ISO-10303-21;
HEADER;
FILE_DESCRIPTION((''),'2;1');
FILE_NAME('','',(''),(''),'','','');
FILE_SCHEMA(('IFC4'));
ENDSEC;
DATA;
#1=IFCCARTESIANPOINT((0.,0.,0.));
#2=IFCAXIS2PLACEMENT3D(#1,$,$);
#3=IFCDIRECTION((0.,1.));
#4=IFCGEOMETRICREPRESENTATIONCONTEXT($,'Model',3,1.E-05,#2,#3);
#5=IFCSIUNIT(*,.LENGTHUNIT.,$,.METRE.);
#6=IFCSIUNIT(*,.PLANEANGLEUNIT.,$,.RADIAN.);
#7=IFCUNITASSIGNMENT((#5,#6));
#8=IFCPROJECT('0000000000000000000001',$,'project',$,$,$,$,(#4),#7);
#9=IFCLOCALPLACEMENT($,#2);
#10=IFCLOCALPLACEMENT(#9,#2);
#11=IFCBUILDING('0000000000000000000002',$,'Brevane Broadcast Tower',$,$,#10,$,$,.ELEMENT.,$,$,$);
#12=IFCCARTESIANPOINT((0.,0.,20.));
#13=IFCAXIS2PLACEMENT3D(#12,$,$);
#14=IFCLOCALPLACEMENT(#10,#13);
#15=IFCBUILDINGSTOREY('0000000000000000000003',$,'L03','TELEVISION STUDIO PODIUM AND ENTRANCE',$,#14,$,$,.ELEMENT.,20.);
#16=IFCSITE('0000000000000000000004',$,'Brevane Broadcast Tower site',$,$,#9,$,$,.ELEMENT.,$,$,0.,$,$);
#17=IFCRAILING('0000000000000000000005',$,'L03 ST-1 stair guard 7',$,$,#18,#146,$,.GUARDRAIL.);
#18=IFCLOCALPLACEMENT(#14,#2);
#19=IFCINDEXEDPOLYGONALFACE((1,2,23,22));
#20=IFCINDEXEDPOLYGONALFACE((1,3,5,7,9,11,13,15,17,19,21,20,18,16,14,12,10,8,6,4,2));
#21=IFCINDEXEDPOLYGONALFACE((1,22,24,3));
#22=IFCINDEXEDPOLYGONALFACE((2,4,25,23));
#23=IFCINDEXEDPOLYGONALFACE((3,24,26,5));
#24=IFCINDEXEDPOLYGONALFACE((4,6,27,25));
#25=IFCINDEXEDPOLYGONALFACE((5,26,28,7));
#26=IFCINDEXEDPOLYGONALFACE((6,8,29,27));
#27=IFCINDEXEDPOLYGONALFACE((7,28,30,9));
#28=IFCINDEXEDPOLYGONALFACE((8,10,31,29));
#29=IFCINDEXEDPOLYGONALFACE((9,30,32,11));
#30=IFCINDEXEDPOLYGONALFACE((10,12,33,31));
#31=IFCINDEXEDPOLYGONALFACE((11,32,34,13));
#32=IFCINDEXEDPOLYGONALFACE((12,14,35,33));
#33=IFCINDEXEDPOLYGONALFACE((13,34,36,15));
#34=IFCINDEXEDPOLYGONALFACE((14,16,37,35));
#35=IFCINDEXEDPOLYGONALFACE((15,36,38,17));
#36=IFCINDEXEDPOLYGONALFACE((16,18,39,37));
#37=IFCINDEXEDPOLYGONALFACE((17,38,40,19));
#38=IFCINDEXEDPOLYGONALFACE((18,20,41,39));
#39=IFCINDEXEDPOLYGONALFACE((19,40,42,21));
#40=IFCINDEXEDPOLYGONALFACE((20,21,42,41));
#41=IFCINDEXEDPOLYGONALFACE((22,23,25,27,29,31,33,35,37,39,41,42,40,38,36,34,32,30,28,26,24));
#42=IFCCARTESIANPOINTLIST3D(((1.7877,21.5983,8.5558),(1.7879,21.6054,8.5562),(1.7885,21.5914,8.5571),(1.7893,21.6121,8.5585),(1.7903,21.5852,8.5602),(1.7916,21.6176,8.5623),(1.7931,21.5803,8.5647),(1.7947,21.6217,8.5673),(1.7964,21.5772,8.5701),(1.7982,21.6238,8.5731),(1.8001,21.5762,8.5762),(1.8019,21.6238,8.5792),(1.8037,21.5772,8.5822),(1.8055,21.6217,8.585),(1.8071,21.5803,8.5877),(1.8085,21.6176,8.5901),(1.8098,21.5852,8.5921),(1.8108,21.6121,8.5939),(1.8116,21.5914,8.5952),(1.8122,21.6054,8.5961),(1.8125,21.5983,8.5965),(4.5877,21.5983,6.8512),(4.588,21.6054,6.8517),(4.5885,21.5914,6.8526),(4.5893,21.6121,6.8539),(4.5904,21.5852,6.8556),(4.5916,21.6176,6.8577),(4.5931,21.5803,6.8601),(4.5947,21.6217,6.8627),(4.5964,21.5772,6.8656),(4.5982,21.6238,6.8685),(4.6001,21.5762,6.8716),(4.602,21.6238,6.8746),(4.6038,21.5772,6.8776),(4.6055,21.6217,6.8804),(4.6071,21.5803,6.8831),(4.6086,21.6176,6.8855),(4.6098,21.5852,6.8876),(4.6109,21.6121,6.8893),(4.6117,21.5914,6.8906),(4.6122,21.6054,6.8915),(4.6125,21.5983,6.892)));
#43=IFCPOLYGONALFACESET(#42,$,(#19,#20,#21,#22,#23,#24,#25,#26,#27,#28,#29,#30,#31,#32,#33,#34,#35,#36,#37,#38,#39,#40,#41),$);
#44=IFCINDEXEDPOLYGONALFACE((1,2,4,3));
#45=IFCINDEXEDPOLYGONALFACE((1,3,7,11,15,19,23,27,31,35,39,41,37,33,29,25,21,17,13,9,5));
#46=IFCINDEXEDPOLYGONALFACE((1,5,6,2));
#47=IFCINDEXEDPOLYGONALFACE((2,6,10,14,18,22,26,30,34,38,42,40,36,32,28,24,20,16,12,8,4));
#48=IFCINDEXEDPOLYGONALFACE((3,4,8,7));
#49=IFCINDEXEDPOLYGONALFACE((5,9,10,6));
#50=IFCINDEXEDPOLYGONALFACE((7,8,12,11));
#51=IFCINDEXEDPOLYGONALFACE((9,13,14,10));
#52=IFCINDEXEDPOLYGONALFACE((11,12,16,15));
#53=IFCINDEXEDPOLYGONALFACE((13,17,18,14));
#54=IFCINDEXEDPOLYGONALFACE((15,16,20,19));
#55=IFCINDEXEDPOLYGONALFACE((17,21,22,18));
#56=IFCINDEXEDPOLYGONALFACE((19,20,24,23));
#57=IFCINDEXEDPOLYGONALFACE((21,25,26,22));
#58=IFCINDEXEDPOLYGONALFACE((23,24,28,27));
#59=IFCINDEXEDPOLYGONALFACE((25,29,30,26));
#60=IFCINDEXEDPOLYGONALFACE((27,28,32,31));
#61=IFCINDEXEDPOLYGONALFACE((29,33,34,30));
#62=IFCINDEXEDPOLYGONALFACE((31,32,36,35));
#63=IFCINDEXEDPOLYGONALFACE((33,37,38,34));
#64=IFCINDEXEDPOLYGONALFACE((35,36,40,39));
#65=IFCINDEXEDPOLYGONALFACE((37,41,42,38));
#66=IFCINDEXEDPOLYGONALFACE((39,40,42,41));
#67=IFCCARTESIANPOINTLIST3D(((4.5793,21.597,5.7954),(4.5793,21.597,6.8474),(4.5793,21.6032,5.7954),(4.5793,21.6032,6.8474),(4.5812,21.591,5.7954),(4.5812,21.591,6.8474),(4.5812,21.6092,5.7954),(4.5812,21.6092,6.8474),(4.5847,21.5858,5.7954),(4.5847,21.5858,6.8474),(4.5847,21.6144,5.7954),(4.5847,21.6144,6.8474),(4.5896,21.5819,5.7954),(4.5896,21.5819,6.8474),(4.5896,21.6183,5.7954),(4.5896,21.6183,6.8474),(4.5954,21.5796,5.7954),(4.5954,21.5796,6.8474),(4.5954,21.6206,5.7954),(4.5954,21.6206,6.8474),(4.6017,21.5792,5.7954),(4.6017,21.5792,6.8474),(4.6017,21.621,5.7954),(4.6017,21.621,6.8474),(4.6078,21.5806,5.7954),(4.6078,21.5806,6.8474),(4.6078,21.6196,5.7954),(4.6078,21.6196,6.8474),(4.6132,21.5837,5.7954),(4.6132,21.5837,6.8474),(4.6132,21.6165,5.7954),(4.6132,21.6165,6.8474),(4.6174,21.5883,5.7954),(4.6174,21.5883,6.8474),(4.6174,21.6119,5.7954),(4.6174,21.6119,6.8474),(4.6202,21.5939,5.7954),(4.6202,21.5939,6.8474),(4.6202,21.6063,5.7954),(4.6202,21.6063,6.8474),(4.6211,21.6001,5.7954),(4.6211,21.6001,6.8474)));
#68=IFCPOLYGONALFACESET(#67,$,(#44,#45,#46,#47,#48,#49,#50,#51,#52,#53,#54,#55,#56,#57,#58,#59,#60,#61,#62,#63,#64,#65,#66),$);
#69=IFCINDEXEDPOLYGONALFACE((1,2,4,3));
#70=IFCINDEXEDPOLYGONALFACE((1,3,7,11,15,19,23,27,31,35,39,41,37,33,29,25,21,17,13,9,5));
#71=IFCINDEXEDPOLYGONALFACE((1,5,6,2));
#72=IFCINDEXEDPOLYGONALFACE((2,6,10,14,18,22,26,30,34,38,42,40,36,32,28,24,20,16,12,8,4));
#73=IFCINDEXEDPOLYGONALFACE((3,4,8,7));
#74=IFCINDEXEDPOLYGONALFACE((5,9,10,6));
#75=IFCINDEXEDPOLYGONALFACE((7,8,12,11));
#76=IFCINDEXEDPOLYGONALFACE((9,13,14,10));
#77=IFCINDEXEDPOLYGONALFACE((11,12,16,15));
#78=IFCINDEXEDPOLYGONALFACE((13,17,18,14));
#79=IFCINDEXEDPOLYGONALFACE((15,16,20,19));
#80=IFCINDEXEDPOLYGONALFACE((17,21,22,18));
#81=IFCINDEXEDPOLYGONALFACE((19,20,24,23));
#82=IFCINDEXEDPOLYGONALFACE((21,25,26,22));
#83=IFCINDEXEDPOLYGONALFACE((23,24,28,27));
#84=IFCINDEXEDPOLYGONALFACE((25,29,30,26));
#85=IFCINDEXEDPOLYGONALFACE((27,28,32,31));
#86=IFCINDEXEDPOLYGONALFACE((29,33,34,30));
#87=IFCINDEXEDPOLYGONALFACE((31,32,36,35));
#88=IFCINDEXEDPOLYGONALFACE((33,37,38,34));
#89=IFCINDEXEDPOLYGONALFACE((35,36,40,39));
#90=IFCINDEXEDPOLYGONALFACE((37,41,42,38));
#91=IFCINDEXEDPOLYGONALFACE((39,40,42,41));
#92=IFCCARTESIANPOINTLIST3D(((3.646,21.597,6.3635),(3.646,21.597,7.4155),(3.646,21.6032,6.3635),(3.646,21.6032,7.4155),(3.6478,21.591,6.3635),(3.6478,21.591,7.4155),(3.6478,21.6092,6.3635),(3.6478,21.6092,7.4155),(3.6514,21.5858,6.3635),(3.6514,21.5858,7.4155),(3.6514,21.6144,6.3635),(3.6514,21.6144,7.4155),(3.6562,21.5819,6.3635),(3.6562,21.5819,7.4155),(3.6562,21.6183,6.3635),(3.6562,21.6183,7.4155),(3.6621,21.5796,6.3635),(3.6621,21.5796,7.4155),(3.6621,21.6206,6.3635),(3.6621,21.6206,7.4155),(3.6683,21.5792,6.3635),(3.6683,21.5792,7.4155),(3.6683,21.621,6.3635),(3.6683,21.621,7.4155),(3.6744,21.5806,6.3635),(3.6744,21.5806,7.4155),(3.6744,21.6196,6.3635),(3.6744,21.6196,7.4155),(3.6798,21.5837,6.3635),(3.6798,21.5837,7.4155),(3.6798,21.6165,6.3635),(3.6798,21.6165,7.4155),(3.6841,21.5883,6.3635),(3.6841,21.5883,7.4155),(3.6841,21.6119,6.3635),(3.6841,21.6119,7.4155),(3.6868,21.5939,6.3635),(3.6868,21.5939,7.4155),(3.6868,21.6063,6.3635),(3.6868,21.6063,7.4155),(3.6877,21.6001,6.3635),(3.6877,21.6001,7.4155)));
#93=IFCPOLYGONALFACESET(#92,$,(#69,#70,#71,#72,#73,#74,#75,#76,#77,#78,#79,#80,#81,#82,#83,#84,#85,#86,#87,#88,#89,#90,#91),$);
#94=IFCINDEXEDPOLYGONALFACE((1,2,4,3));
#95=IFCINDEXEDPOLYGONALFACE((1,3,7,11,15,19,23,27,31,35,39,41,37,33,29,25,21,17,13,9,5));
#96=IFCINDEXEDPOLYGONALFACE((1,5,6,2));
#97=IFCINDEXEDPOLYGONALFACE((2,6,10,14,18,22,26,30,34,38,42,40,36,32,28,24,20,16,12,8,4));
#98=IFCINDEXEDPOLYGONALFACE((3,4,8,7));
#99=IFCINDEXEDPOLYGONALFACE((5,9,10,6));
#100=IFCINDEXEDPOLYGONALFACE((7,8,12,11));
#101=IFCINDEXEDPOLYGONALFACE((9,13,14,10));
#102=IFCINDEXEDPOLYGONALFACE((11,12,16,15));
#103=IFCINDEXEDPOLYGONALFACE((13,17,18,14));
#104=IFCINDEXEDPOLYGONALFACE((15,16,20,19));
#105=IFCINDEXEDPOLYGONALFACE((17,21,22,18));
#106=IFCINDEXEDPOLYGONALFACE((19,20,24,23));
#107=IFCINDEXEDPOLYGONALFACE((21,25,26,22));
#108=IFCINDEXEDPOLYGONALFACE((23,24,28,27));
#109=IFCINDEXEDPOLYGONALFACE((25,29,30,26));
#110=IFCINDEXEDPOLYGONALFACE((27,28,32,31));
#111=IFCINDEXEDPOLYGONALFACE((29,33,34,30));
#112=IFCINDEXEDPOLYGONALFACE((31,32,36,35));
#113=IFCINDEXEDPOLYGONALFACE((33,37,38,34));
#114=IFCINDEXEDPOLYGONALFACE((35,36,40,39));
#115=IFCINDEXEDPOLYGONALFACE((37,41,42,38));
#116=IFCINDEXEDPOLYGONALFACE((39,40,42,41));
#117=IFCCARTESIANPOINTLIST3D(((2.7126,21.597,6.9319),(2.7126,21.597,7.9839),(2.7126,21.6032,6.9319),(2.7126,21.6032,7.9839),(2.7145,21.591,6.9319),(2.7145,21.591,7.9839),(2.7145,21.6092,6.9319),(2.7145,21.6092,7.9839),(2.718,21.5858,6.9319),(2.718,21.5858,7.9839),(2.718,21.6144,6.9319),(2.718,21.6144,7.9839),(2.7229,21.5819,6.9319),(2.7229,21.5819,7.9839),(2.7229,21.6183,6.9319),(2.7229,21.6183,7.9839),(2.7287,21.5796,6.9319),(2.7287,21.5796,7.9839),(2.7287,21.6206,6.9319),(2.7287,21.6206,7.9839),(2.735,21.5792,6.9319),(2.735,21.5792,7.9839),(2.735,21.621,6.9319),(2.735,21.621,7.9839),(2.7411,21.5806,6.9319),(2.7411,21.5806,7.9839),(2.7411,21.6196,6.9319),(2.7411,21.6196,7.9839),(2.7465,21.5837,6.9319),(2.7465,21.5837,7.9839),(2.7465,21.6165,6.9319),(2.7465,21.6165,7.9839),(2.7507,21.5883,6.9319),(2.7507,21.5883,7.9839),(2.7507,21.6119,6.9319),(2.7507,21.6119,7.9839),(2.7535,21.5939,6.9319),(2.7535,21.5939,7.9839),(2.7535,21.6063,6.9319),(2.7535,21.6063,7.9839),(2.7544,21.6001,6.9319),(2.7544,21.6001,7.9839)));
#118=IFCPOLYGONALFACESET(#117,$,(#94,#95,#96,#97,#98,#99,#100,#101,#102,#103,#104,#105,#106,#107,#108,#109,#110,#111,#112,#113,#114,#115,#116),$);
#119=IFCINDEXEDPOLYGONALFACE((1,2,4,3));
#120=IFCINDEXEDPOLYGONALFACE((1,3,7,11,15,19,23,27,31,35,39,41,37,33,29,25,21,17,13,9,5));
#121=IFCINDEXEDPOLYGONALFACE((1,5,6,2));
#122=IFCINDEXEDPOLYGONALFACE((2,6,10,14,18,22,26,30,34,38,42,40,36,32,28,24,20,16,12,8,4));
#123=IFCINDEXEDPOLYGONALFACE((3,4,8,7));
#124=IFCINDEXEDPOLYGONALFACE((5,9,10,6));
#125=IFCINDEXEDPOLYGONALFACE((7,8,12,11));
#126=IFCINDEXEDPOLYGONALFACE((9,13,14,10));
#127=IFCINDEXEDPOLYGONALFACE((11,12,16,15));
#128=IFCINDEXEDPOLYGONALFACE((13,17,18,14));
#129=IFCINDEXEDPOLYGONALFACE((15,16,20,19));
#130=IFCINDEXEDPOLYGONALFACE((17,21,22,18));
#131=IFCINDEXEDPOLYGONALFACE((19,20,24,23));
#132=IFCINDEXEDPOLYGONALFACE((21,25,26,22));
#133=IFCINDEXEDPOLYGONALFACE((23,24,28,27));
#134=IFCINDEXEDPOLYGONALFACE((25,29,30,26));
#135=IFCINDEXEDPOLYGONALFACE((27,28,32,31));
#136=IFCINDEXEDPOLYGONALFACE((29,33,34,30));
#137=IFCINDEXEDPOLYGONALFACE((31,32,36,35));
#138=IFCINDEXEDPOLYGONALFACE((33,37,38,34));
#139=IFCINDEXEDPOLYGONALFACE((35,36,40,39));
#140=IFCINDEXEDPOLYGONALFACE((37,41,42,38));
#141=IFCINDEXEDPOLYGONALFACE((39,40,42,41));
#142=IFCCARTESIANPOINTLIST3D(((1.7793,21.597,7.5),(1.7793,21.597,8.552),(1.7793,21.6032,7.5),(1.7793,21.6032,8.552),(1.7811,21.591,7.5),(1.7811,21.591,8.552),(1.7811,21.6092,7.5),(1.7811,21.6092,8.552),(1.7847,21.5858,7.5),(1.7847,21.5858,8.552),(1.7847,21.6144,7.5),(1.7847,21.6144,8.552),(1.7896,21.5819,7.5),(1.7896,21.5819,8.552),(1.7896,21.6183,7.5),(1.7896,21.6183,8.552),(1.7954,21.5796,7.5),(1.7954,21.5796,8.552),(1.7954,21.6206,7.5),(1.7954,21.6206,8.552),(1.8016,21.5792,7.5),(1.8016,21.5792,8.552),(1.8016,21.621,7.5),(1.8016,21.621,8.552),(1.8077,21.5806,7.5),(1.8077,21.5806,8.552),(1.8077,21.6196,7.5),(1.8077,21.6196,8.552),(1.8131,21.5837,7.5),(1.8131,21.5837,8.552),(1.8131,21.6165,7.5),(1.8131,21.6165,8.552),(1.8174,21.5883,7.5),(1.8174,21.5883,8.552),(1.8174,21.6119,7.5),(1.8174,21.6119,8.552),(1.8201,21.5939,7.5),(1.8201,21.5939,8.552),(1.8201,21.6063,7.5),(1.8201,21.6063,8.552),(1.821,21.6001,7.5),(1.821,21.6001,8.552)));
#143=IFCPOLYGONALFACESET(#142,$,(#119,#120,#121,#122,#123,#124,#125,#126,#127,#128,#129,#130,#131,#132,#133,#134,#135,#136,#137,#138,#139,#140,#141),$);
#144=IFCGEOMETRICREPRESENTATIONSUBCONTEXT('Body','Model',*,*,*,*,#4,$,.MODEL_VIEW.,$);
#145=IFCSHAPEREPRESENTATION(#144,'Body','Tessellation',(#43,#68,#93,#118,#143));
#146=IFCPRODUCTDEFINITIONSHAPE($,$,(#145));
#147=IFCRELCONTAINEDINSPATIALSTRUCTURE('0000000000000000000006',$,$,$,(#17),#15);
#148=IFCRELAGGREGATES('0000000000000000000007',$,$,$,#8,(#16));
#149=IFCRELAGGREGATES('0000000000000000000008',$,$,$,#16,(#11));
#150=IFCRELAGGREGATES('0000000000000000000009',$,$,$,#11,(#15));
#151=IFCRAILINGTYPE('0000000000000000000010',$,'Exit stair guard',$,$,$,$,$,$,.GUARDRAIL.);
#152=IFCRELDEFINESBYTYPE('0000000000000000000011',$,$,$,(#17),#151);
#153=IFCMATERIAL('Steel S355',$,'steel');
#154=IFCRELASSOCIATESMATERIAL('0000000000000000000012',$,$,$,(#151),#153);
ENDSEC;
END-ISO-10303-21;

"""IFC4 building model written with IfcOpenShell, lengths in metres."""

from ifc_helpers import new_model, si_unit, direction, frame, origin, origin_2d, place, context, subcontext, project, spatial, circle, extrude, material, type_object, element, save


model = new_model("IFC4")

# Units and contexts
model_context = context("Model", 3, precision=1e-05, world=origin(), true_north=direction((0.0, 1.0)))
body_context = subcontext(model_context, "Body", "Model", "MODEL_VIEW")
ifc_project = project(units=[si_unit("LENGTHUNIT", "METRE"), si_unit("PLANEANGLEUNIT", "RADIAN")], contexts=[model_context])

# Site, building, storey
site_placement = place(None, origin())
site = spatial("IfcSite", under=ifc_project, at=site_placement, Name="Brevane Broadcast Tower site", CompositionType="ELEMENT", RefElevation=0.0)
building_placement = place(site_placement, origin())
building = spatial("IfcBuilding", under=site, at=building_placement, Name="Brevane Broadcast Tower", CompositionType="ELEMENT")
storey_placement = place(building_placement, frame((0.0, 0.0, 20.0)))
storey = spatial("IfcBuildingStorey", under=building, at=storey_placement, Name="L03", Description="TELEVISION STUDIO PODIUM AND ENTRANCE", CompositionType="ELEMENT", Elevation=20.0)

# Railing
ifc_material_1 = material(Name="Steel S355", Category="steel")
railing_type_1 = type_object("IfcRailingType", Name="Exit stair guard", PredefinedType="GUARDRAIL", material=ifc_material_1)
railing_1_placement = place(storey_placement, frame((4.6001, 21.6001, 5.7954)))
element("IfcRailing", 1, at=railing_1_placement, inside=storey, type_object=railing_type_1, Name="L03 ST-1 stair guard 7", PredefinedType="GUARDRAIL", context=body_context, shape_type="SweptSolid", body=[
    extrude(circle(Radius=0.0239, at=origin_2d()), frame((0.0, 0.0, 1.0762), z_axis=(-0.85417, 0.0, 0.519994), x_axis=(0.0, -1.0, 0.0)), (0.0, 0.0, 1.0), 3.2781),
    extrude(circle(Radius=0.021, at=origin_2d()), origin(), (0.0, 0.0, 1.0), 1.052),
    extrude(circle(Radius=0.021, at=origin_2d()), frame((-0.9333, 0.0, 0.5681)), (0.0, 0.0, 1.0), 1.052),
    extrude(circle(Radius=0.021, at=origin_2d()), frame((-1.8667, 0.0, 1.1365)), (0.0, 0.0, 1.0), 1.052),
    extrude(circle(Radius=0.021, at=origin_2d()), frame((-2.8, 0.0, 1.7046)), (0.0, 0.0, 1.0), 1.052),
])

save(model, "model.ifc")
